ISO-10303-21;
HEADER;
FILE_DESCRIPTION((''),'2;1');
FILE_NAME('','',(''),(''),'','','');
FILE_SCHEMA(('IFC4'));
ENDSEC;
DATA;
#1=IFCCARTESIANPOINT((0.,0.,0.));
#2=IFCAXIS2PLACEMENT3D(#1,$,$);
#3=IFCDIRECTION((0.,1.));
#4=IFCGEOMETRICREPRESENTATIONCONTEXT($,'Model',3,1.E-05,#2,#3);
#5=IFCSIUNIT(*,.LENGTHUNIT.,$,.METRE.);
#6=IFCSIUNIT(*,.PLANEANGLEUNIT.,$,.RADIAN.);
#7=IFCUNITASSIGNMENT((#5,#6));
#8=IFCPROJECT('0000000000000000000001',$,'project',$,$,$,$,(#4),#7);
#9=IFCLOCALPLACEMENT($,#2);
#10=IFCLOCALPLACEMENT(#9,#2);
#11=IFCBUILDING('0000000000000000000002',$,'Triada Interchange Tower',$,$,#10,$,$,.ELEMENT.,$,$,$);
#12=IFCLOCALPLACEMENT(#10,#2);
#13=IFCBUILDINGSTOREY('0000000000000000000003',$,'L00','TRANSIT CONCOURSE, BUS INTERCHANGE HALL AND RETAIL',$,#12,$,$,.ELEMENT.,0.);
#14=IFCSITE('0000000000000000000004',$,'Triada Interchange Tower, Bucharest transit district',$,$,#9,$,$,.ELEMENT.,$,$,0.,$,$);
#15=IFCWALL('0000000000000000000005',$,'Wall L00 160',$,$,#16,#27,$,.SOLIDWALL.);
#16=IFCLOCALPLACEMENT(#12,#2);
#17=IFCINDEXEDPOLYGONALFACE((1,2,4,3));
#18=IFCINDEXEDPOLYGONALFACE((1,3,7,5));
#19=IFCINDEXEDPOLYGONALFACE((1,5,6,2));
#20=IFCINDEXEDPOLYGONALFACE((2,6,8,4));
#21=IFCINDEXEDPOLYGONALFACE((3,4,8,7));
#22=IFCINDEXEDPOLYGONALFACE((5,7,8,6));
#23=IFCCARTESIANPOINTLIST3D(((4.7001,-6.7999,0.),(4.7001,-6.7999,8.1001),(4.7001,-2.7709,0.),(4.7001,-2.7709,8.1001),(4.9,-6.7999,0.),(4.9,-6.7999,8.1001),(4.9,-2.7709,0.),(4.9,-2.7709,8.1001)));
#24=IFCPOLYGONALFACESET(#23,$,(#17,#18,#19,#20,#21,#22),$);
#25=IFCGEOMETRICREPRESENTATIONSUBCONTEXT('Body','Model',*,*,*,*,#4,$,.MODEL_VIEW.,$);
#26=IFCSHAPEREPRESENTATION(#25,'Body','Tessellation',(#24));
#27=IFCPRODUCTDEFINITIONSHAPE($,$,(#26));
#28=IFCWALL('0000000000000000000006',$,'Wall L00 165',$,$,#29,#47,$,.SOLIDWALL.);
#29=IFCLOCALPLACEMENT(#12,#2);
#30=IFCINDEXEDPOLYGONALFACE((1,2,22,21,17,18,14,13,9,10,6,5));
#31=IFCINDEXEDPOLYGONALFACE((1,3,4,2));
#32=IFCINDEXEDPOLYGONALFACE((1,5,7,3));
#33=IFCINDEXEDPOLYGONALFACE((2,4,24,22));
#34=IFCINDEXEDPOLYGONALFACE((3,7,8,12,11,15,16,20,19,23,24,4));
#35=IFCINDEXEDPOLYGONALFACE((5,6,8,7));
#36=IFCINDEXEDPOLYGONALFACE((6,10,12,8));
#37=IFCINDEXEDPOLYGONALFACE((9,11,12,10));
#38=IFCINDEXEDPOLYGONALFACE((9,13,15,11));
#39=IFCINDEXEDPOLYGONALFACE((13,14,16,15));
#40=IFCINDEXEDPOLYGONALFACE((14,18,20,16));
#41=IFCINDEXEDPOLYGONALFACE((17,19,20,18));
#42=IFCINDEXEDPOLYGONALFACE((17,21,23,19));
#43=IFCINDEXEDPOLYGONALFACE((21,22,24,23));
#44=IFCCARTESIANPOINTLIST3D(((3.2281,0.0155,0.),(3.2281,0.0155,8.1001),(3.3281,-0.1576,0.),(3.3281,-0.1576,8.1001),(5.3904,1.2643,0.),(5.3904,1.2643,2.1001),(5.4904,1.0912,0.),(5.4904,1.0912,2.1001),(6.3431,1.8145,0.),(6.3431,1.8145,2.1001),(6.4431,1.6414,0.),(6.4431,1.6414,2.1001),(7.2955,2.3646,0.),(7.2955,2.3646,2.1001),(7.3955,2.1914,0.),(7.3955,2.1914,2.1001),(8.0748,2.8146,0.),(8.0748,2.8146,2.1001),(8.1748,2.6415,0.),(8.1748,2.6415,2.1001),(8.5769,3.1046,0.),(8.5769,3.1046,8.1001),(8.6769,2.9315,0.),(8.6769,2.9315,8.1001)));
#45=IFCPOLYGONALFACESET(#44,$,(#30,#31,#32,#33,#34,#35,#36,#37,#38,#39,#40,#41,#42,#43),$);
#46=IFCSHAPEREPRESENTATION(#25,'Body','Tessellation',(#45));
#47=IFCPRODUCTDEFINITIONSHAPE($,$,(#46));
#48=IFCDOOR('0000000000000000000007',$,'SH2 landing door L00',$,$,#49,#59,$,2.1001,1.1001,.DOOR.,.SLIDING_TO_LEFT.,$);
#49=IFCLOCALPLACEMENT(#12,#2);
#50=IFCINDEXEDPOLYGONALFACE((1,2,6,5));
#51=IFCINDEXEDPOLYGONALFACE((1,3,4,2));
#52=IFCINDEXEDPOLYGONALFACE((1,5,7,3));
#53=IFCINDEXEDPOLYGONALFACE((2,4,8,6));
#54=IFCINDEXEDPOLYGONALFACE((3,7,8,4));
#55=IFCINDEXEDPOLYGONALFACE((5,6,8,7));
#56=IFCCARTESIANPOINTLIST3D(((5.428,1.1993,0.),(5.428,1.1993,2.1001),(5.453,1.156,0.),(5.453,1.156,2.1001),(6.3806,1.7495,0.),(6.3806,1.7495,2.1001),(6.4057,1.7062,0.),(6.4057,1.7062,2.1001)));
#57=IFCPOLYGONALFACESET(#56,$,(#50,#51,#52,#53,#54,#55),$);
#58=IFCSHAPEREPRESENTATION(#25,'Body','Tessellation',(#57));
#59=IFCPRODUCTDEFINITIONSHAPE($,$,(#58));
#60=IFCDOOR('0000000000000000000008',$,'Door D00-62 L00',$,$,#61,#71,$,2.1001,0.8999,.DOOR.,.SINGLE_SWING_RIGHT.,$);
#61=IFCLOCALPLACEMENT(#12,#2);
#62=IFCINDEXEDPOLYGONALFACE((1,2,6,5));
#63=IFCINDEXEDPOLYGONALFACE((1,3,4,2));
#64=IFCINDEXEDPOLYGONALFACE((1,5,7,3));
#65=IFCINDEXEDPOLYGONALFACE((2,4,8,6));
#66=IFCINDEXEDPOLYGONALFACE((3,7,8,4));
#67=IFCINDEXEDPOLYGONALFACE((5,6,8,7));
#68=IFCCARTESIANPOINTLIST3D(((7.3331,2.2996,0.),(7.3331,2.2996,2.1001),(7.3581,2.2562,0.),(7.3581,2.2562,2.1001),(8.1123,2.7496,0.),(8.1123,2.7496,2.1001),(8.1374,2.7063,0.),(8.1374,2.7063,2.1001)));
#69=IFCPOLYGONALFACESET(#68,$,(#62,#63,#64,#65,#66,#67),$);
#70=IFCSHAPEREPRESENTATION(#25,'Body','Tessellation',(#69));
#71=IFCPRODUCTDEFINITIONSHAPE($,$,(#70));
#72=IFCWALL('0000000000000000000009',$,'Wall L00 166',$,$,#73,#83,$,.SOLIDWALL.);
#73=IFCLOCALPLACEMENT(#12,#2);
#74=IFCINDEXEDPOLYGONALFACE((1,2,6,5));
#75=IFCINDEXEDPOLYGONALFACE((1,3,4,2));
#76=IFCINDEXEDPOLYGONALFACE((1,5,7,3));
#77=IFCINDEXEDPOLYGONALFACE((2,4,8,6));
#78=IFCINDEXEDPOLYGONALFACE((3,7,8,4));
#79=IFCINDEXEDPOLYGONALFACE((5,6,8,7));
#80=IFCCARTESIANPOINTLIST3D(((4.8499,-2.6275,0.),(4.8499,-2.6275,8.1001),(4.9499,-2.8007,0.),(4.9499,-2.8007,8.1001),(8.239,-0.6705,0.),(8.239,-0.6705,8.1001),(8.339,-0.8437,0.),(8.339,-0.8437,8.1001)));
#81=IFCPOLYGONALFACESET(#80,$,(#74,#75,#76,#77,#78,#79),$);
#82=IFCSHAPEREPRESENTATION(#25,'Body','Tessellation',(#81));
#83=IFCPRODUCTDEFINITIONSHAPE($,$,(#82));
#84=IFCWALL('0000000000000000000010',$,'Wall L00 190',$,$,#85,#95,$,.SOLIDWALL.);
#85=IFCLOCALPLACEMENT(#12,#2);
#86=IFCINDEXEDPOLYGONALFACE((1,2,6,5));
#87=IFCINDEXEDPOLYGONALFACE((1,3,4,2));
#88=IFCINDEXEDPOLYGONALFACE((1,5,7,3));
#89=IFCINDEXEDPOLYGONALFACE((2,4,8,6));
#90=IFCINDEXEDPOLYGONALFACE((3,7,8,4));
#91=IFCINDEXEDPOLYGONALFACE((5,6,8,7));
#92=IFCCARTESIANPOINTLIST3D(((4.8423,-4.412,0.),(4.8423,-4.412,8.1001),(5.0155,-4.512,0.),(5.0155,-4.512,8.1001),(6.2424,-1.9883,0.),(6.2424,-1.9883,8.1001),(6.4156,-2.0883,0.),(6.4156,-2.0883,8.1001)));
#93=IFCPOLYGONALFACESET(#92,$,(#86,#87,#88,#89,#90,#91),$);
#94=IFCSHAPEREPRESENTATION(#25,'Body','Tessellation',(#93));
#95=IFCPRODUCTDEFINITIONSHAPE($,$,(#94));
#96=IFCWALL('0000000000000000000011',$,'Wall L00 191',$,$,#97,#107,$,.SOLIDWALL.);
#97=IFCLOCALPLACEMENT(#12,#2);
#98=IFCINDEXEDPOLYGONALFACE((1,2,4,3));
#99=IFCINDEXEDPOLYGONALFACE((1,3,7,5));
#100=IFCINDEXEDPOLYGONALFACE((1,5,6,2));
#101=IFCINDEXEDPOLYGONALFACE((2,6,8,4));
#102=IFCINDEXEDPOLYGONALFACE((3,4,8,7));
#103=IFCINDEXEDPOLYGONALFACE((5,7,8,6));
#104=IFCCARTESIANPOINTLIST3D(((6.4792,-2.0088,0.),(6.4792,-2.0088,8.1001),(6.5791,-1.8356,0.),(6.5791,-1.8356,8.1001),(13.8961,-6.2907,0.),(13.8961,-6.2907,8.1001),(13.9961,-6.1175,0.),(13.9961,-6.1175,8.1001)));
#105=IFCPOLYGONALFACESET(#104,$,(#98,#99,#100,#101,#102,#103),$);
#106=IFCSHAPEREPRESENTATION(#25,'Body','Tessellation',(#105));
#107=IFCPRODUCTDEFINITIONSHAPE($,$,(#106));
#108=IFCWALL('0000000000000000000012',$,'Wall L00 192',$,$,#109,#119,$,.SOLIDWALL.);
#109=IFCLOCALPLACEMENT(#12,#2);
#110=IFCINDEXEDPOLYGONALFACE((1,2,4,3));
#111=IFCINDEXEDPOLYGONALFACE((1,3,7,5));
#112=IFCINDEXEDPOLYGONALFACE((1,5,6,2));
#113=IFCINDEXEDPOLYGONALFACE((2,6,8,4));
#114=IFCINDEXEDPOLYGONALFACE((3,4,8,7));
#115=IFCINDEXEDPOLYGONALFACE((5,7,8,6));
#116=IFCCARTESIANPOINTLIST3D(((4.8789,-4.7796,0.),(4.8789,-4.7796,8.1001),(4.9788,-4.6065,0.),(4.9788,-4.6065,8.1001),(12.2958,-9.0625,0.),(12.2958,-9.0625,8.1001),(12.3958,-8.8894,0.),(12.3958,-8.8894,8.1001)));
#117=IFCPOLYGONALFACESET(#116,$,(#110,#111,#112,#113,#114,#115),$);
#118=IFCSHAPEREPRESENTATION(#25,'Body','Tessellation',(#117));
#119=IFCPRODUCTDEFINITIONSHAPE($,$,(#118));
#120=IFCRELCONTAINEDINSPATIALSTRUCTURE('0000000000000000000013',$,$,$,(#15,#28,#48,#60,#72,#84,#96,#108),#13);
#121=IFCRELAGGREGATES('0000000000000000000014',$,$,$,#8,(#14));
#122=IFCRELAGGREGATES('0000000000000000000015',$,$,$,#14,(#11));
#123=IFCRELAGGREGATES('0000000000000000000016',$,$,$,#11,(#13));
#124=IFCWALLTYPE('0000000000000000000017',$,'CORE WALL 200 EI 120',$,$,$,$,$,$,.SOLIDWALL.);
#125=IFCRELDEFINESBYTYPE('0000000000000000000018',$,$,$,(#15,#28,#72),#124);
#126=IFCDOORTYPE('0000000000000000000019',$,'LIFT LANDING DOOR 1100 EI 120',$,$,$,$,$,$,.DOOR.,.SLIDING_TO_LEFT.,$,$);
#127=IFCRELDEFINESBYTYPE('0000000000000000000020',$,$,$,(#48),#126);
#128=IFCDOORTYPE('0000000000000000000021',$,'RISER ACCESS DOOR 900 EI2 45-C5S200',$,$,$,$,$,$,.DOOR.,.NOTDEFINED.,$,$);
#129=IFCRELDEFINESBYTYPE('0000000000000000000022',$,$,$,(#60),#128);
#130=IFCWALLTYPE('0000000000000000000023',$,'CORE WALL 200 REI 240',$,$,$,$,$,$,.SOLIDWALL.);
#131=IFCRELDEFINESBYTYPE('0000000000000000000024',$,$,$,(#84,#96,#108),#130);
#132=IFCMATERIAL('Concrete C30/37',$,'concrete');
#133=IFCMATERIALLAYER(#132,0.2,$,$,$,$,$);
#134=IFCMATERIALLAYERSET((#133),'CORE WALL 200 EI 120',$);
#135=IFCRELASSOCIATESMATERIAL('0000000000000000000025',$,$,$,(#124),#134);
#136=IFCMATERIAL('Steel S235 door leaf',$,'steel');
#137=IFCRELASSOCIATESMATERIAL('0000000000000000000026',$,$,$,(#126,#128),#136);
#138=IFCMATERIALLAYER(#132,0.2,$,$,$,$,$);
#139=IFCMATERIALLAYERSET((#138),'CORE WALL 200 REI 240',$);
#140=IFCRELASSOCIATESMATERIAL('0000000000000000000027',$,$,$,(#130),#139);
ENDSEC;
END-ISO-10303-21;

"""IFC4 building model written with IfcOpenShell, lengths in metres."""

from ifc_helpers import new_model, si_unit, direction, frame, frame_2d, origin, place, context, subcontext, project, spatial, rectangle, extrude, material, layer, layer_set, type_object, element, fill, save


model = new_model("IFC4")

# Units and contexts
model_context = context("Model", 3, precision=1e-05, world=origin(), true_north=direction((0.0, 1.0)))
body_context = subcontext(model_context, "Body", "Model", "MODEL_VIEW")
ifc_project = project(units=[si_unit("LENGTHUNIT", "METRE"), si_unit("PLANEANGLEUNIT", "RADIAN")], contexts=[model_context])

# Site, building, storey
site_placement = place(None, origin())
site = spatial("IfcSite", under=ifc_project, at=site_placement, Name="Triada Interchange Tower, Bucharest transit district", CompositionType="ELEMENT", RefElevation=0.0)
building_placement = place(site_placement, origin())
building = spatial("IfcBuilding", under=site, at=building_placement, Name="Triada Interchange Tower", CompositionType="ELEMENT")
storey_placement = place(building_placement, origin())
storey = spatial("IfcBuildingStorey", under=building, at=storey_placement, Name="L00", Description="TRANSIT CONCOURSE, BUS INTERCHANGE HALL AND RETAIL", CompositionType="ELEMENT", Elevation=0.0)

# Shared definitions
ifc_material_1 = material(Name="Concrete C30/37", Category="concrete")
ifc_layer_1 = layer(ifc_material_1, 0.2)
ifc_layer_set_1 = layer_set([ifc_layer_1], Name="CORE WALL 200 EI 120")
wall_type_1 = type_object("IfcWallType", Name="CORE WALL 200 EI 120", PredefinedType="SOLIDWALL", material=ifc_layer_set_1)

# Shared definitions
ifc_material_2 = material(Name="Steel S235 door leaf", Category="steel")
door_type_1 = type_object("IfcDoorType", Name="LIFT LANDING DOOR 1100 EI 120", OperationType="SLIDING_TO_LEFT", PredefinedType="DOOR", material=ifc_material_2)

# Wall
wall_1_placement = place(storey_placement, frame((4.8, -6.8, 0.0), z_axis=(0.0, 0.0, 1.0), x_axis=(0.0, 1.0, 0.0)))
element("IfcWall", 1, at=wall_1_placement, inside=storey, type_object=wall_type_1, Name="Wall L00 160", PredefinedType="SOLIDWALL", context=body_context, shape_type="SweptSolid", body=[
    extrude(rectangle(XDim=4.0291, YDim=0.2, at=frame_2d((2.0146, 0.0))), origin(), (0.0, 0.0, 1.0), 8.1001),
])

# Wall, openings, doors
wall_2_placement = place(storey_placement, frame((3.2781, -0.071, 0.0), z_axis=(0.0, 0.0, 1.0), x_axis=(0.86596, 0.500114, 0.0)))
wall_2 = element("IfcWall", 2, at=wall_2_placement, inside=storey, type_object=wall_type_1, Name="Wall L00 165", PredefinedType="SOLIDWALL", context=body_context, shape_type="SweptSolid", body=[
    extrude(rectangle(XDim=6.1768, YDim=0.2, at=frame_2d((3.0884, 0.0))), origin(), (0.0, 0.0, 1.0), 8.1001),
])
opening_1_placement = place(wall_2_placement, frame((2.4971, 0.0, 0.0)))
opening_1 = element("IfcOpeningElement", 3, at=opening_1_placement, cuts=wall_2, PredefinedType="OPENING", context=body_context, shape_type="SweptSolid", body=[
    extrude(rectangle(XDim=1.1001, YDim=2.1001, at=frame_2d((0.55, 1.05))), frame((0.0, 0.1099, 0.0), z_axis=(0.0, -1.0, 0.0), x_axis=(1.0, 0.0, 0.0)), (0.0, 0.0, 1.0), 0.22),
])
opening_2_placement = place(wall_2_placement, frame((4.697, 0.0, 0.0)))
opening_2 = element("IfcOpeningElement", 4, at=opening_2_placement, cuts=wall_2, PredefinedType="OPENING", context=body_context, shape_type="SweptSolid", body=[
    extrude(rectangle(XDim=0.8999, YDim=2.1001, at=frame_2d((0.45, 1.05))), frame((0.0, 0.1099, 0.0), z_axis=(0.0, -1.0, 0.0), x_axis=(1.0, 0.0, 0.0)), (0.0, 0.0, 1.0), 0.22),
])
door_1_placement = place(opening_1_placement, origin())
door_1 = element("IfcDoor", 5, at=door_1_placement, inside=storey, type_object=door_type_1, Name="SH2 landing door L00", OperationType="SLIDING_TO_LEFT", OverallHeight=2.1001, OverallWidth=1.1001, PredefinedType="DOOR", context=body_context, shape_type="SweptSolid", body=[
    extrude(rectangle(XDim=1.1001, YDim=2.1001, at=frame_2d((0.55, 1.05))), frame((0.0, 0.0249, 0.0), z_axis=(0.0, -1.0, 0.0), x_axis=(1.0, 0.0, 0.0)), (0.0, 0.0, 1.0), 0.05),
])
fill(opening_1, door_1)
door_type_2 = type_object("IfcDoorType", Name="RISER ACCESS DOOR 900 EI2 45-C5S200", OperationType="NOTDEFINED", PredefinedType="DOOR", material=ifc_material_2)
door_2_placement = place(opening_2_placement, origin())
door_2 = element("IfcDoor", 6, at=door_2_placement, inside=storey, type_object=door_type_2, Name="Door D00-62 L00", OperationType="SINGLE_SWING_RIGHT", OverallHeight=2.1001, OverallWidth=0.8999, PredefinedType="DOOR", context=body_context, shape_type="SweptSolid", body=[
    extrude(rectangle(XDim=0.8999, YDim=2.1001, at=frame_2d((0.45, 1.05))), frame((0.0, 0.0249, 0.0), z_axis=(0.0, -1.0, 0.0), x_axis=(1.0, 0.0, 0.0)), (0.0, 0.0, 1.0), 0.05),
])
fill(opening_2, door_2)

# Walls
wall_3_placement = place(storey_placement, frame((4.8999, -2.7141, 0.0), z_axis=(0.0, 0.0, 1.0), x_axis=(0.865992, 0.500057, 0.0)))
element("IfcWall", 7, at=wall_3_placement, inside=storey, type_object=wall_type_1, Name="Wall L00 166", PredefinedType="SOLIDWALL", context=body_context, shape_type="SweptSolid", body=[
    extrude(rectangle(XDim=3.9136, YDim=0.2, at=frame_2d((1.9568, 0.0))), origin(), (0.0, 0.0, 1.0), 8.1001),
])
ifc_layer_2 = layer(ifc_material_1, 0.2)
ifc_layer_set_2 = layer_set([ifc_layer_2], Name="CORE WALL 200 REI 240")
wall_type_2 = type_object("IfcWallType", Name="CORE WALL 200 REI 240", PredefinedType="SOLIDWALL", material=ifc_layer_set_2)
wall_4_placement = place(storey_placement, frame((4.929, -4.4619, 0.0), z_axis=(0.0, 0.0, 1.0), x_axis=(0.500201, 0.86591, 0.0)))
element("IfcWall", 8, at=wall_4_placement, inside=storey, type_object=wall_type_2, Name="Wall L00 190", PredefinedType="SOLIDWALL", context=body_context, shape_type="SweptSolid", body=[
    extrude(rectangle(XDim=2.7991, YDim=0.2, at=frame_2d((1.3994, 0.0))), origin(), (0.0, 0.0, 1.0), 8.1001),
])
wall_5_placement = place(storey_placement, frame((6.5291, -1.9221, 0.0), z_axis=(0.0, 0.0, 1.0), x_axis=(0.866037, -0.499981, 0.0)))
element("IfcWall", 9, at=wall_5_placement, inside=storey, type_object=wall_type_2, Name="Wall L00 191", PredefinedType="SOLIDWALL", context=body_context, shape_type="SweptSolid", body=[
    extrude(rectangle(XDim=8.5642, YDim=0.2, at=frame_2d((4.2822, 0.0))), origin(), (0.0, 0.0, 1.0), 8.1001),
])
wall_6_placement = place(storey_placement, frame((4.929, -4.6931, 0.0), z_axis=(0.0, 0.0, 1.0), x_axis=(0.865987, -0.500066, 0.0)))
element("IfcWall", 10, at=wall_6_placement, inside=storey, type_object=wall_type_2, Name="Wall L00 192", PredefinedType="SOLIDWALL", context=body_context, shape_type="SweptSolid", body=[
    extrude(rectangle(XDim=8.5647, YDim=0.2, at=frame_2d((4.2822, 0.0))), origin(), (0.0, 0.0, 1.0), 8.1001),
])

save(model, "model.ifc")
